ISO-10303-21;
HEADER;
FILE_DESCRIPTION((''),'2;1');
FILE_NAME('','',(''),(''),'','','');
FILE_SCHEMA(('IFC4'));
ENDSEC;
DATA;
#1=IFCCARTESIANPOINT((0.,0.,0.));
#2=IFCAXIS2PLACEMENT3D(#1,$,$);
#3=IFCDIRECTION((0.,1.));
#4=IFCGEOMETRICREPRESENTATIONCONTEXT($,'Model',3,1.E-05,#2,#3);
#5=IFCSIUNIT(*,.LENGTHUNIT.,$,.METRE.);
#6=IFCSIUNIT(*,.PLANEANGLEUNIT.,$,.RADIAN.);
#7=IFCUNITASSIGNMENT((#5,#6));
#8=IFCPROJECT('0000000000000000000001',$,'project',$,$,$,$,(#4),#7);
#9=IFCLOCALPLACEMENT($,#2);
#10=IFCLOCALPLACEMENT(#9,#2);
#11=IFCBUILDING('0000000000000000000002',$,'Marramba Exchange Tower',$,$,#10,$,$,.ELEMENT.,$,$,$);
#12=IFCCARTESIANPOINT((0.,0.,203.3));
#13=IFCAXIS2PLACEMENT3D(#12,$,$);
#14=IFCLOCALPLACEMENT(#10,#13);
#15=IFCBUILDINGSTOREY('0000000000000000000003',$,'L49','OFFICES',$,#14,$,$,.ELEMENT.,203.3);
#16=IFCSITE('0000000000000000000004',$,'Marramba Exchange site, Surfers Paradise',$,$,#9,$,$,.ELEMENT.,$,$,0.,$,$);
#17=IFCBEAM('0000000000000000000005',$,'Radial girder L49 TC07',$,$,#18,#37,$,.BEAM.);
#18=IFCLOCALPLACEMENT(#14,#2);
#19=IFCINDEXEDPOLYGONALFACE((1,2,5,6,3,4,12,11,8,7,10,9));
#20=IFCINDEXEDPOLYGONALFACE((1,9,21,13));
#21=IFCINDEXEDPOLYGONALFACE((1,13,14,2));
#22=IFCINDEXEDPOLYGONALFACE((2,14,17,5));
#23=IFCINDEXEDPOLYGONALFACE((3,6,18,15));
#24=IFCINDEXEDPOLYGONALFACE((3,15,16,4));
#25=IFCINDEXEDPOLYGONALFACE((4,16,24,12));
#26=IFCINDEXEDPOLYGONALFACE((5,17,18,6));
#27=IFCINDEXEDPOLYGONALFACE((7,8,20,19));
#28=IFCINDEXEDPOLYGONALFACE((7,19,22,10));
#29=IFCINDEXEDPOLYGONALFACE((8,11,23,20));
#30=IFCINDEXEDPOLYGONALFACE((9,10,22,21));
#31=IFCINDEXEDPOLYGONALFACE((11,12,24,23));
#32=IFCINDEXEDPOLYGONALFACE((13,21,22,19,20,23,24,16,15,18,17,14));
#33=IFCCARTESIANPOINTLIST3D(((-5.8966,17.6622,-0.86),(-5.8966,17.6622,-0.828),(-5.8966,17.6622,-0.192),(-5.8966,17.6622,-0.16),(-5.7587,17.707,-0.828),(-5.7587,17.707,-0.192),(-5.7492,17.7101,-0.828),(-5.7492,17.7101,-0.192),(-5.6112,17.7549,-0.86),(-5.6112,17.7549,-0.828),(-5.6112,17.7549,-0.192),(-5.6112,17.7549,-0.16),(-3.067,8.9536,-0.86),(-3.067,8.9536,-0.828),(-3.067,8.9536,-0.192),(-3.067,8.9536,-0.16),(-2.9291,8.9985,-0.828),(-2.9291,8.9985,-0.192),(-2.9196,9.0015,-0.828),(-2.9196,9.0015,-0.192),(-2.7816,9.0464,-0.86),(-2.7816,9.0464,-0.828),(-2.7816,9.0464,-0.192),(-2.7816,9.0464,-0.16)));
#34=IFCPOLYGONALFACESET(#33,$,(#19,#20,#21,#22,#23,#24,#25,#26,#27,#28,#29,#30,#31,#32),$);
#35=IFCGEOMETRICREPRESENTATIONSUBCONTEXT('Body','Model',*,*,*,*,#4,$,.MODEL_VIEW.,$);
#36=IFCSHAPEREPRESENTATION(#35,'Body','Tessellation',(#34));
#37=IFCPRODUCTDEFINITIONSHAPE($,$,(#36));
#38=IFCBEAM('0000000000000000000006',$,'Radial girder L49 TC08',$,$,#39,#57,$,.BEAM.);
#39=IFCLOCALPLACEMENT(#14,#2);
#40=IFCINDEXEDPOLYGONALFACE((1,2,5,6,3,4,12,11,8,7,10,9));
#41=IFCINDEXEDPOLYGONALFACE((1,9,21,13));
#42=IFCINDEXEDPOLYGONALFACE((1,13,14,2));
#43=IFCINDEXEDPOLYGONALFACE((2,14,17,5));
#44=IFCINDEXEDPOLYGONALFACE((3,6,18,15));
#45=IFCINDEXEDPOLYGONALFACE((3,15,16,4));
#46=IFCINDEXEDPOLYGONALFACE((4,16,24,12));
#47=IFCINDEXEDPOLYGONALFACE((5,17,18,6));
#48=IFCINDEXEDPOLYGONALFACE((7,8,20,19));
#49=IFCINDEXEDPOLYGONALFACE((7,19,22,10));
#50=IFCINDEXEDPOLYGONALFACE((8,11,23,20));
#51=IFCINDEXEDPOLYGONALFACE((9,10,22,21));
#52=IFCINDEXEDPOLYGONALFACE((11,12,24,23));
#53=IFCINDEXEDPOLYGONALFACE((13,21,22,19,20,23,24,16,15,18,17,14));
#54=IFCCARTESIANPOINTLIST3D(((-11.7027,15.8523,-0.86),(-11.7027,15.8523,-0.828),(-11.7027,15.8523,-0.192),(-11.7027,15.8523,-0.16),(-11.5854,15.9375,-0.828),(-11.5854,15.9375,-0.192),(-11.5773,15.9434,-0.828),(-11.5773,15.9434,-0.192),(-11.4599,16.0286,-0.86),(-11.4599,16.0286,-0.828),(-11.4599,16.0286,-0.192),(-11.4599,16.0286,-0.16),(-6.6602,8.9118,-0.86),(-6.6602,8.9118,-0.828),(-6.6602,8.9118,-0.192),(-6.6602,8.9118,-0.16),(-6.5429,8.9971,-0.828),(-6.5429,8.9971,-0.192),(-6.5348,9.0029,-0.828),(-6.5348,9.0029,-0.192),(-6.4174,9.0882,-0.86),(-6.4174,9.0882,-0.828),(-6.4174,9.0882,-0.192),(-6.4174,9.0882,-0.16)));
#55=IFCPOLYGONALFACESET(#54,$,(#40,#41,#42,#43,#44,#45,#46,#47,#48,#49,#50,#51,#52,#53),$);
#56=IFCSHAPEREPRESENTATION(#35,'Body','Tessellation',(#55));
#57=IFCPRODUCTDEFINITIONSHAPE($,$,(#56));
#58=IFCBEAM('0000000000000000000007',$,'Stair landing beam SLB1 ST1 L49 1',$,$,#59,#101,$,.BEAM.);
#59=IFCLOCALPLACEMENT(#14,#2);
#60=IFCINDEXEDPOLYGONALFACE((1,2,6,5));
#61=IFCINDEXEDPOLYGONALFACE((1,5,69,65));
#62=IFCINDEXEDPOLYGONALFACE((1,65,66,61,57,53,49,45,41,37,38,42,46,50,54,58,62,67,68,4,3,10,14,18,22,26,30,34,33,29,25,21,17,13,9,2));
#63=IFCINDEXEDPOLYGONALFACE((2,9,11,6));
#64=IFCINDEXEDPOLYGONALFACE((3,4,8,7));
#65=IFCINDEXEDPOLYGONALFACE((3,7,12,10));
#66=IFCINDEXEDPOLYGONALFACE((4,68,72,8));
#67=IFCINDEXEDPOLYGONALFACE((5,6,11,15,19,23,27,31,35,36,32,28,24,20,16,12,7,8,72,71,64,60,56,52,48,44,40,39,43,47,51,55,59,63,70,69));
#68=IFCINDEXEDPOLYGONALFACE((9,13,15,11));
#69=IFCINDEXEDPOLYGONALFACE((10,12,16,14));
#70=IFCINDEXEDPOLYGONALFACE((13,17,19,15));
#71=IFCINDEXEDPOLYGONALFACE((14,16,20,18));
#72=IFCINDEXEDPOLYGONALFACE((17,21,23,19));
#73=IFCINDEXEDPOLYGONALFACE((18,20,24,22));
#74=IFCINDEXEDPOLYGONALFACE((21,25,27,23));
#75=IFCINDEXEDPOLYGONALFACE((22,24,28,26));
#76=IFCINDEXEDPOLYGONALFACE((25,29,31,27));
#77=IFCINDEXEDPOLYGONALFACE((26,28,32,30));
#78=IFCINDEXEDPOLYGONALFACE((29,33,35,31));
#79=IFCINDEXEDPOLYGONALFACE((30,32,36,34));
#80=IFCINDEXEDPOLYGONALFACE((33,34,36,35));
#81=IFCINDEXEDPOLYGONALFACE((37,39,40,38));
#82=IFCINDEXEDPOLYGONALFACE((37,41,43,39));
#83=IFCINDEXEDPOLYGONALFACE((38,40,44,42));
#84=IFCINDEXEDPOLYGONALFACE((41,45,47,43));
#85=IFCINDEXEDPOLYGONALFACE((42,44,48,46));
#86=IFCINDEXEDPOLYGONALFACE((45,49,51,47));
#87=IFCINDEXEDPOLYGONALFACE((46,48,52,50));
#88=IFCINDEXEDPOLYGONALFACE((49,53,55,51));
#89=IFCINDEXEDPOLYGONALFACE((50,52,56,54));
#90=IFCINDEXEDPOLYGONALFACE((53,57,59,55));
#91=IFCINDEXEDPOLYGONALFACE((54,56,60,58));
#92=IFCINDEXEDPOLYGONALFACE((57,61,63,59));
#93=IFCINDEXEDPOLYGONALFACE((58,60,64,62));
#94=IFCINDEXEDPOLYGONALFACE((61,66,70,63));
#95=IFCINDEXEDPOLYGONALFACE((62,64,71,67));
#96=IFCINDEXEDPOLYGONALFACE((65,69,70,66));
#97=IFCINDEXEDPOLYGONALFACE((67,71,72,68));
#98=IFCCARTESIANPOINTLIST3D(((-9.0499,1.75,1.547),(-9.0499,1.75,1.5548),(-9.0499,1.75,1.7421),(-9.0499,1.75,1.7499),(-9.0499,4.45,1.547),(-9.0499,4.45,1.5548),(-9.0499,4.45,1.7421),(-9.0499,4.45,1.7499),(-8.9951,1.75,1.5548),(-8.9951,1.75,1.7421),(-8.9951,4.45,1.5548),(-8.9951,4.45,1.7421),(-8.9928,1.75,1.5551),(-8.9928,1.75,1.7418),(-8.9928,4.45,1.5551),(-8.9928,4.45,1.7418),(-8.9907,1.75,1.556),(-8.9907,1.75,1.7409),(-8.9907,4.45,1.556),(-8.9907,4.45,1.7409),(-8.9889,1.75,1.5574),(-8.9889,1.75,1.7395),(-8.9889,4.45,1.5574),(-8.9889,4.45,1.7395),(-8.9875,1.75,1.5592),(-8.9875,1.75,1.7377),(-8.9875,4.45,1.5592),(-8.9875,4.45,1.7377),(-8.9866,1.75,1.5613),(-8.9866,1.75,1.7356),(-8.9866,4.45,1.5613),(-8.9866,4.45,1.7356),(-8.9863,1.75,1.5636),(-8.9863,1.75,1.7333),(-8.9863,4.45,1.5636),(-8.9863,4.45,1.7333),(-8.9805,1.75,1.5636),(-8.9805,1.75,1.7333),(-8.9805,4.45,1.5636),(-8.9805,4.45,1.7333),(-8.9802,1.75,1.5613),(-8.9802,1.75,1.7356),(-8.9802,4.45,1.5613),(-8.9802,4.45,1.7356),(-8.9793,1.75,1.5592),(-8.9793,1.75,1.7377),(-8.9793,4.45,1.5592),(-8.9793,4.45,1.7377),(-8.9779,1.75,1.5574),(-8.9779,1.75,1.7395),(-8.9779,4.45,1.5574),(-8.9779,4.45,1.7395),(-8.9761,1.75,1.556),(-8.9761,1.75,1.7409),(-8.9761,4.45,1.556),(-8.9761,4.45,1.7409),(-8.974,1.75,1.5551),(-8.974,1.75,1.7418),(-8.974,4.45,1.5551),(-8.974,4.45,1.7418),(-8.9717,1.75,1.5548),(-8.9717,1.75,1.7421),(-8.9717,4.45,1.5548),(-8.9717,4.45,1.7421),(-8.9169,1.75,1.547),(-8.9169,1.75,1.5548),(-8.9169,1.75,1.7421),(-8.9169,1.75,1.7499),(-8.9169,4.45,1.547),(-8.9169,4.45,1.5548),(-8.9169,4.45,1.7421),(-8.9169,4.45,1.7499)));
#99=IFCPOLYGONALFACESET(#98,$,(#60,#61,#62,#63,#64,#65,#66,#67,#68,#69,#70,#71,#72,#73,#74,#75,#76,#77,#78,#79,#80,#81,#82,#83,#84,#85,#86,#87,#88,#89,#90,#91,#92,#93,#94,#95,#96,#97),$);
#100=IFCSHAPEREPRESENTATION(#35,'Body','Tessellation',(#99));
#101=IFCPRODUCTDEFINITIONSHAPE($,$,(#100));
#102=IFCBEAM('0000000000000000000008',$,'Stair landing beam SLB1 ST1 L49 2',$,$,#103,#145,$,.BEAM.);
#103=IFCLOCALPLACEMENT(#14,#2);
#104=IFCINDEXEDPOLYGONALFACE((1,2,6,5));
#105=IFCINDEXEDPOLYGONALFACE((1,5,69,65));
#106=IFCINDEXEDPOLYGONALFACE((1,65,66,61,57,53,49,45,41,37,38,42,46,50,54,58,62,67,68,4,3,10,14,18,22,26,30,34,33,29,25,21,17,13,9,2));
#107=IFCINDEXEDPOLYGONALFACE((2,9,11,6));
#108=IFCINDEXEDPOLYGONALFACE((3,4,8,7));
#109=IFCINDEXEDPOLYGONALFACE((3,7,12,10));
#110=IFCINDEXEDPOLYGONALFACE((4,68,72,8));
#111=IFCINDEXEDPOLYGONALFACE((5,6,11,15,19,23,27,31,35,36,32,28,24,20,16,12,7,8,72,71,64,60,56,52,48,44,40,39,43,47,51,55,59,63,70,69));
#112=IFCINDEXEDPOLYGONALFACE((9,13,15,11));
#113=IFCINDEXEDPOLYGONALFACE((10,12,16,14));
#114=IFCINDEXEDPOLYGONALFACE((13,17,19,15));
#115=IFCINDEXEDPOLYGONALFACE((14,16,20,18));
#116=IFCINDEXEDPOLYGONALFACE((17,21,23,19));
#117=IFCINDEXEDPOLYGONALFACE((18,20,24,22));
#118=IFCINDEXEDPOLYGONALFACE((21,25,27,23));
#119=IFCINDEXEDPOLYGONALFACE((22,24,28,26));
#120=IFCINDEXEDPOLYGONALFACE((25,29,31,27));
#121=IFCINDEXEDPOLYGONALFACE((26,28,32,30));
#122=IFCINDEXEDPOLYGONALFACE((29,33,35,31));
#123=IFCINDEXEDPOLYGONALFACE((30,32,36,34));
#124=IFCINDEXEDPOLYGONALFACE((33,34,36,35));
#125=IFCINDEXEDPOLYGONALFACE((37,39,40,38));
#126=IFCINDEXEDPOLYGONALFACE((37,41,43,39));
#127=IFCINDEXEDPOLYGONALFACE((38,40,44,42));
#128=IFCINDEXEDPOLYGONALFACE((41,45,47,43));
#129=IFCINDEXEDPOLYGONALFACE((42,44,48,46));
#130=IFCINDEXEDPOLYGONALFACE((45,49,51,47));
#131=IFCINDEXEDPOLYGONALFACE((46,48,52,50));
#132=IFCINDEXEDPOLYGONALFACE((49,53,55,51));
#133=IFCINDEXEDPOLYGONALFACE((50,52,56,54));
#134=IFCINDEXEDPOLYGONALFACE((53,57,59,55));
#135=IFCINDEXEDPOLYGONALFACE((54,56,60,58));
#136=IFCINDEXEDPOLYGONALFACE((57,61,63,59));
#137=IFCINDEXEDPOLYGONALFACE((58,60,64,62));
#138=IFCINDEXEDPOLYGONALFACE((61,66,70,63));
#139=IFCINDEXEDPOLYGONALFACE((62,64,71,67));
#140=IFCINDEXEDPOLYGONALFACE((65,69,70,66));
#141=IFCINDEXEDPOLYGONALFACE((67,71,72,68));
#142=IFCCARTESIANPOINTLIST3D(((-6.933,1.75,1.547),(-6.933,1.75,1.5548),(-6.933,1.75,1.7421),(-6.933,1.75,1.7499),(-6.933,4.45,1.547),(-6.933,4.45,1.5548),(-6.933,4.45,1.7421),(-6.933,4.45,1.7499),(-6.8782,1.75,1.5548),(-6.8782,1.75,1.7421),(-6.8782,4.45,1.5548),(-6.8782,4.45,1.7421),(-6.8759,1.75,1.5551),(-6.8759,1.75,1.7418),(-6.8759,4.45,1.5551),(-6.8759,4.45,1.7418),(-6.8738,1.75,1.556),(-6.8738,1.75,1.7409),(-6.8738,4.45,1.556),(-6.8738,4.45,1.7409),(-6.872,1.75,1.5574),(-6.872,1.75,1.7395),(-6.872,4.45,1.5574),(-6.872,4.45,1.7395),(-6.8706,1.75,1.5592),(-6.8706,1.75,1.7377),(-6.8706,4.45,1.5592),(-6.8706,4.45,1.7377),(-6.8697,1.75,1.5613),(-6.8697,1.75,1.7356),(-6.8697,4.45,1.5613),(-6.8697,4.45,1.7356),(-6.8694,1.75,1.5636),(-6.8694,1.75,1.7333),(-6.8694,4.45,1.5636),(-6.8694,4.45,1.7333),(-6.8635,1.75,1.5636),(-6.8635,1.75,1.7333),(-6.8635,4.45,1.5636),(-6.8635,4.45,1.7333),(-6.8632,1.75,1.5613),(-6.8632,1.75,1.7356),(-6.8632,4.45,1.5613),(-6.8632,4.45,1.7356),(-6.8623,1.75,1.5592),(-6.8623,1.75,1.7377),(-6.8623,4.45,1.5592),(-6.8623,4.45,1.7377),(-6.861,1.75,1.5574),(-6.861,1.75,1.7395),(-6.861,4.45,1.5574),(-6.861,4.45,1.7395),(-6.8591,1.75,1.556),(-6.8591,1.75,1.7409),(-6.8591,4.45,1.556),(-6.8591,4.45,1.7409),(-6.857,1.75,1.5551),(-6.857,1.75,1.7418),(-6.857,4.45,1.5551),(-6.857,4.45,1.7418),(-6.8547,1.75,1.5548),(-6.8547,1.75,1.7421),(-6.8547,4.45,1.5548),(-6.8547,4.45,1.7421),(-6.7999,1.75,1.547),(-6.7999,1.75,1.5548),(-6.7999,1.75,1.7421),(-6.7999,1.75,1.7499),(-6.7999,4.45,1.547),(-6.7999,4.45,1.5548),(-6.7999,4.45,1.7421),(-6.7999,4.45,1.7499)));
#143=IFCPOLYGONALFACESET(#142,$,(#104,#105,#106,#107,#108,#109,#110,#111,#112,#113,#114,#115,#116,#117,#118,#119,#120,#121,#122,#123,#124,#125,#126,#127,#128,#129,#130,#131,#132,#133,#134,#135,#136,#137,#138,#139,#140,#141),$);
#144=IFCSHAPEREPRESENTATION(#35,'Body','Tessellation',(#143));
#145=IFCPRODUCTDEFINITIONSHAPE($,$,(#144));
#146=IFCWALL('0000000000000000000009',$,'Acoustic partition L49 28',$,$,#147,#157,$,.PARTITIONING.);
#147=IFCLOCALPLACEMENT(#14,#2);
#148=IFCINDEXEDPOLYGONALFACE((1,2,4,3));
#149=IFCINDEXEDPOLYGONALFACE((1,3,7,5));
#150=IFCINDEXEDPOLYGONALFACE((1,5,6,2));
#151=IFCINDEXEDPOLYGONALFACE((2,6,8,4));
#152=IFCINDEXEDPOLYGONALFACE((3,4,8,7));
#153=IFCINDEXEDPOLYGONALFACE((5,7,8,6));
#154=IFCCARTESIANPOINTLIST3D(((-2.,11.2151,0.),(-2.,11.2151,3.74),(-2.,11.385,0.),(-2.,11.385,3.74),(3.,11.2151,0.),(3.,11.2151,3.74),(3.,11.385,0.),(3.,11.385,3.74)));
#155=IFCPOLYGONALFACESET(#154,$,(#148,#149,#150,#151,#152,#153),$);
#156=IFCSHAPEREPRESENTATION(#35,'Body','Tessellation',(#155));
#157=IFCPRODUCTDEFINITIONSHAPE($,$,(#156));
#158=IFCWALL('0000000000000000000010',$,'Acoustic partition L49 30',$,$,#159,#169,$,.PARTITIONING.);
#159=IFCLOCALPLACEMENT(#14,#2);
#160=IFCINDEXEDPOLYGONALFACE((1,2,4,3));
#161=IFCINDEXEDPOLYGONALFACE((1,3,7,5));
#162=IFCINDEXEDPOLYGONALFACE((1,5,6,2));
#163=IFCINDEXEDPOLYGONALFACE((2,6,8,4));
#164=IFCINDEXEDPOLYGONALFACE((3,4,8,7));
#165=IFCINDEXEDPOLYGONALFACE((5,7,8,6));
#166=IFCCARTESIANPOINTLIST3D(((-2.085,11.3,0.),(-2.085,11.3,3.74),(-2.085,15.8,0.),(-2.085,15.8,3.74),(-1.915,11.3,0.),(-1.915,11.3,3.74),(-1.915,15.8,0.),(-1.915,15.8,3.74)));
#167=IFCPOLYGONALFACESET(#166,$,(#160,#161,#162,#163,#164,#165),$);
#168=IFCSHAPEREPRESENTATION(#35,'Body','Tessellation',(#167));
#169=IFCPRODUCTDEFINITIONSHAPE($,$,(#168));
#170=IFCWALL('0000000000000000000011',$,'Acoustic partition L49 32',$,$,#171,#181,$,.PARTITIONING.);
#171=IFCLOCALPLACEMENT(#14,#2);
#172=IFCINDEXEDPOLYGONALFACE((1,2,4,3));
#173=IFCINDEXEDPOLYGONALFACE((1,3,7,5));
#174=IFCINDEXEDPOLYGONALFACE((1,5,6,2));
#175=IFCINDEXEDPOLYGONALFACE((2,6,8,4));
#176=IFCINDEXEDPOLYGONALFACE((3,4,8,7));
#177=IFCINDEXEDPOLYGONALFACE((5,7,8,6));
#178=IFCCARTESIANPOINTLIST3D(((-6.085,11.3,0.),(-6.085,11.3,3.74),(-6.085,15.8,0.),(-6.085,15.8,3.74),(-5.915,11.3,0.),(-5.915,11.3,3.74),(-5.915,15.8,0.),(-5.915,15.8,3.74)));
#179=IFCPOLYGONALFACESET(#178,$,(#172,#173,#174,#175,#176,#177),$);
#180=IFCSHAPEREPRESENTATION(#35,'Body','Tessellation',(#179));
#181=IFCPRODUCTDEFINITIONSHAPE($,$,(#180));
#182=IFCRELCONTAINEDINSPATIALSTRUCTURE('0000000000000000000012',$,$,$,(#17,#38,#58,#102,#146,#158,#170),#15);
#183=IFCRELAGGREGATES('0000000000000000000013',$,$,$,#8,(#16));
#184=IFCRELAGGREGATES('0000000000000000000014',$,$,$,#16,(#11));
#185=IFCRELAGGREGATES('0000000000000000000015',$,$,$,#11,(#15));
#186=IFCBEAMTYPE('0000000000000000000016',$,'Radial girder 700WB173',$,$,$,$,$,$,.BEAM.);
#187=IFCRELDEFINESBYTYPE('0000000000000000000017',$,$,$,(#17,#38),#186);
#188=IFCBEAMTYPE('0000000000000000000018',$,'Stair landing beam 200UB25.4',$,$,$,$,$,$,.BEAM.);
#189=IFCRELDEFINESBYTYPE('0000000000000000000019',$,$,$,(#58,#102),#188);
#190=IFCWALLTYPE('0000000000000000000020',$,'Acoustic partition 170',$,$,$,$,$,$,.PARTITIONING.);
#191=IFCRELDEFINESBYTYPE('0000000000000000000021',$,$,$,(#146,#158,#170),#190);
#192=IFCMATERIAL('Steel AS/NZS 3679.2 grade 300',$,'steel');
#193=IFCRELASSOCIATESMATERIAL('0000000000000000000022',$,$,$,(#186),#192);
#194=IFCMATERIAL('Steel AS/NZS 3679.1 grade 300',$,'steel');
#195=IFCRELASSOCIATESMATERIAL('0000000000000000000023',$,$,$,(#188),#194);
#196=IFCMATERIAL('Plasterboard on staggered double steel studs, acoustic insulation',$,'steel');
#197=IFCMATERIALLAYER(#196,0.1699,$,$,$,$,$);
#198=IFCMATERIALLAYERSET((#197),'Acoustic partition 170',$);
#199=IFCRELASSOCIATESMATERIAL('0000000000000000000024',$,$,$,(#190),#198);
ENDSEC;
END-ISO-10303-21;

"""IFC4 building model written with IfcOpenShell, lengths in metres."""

from ifc_helpers import new_model, si_unit, direction, frame, frame_2d, origin, origin_2d, place, context, subcontext, project, spatial, rectangle, i_section, extrude, material, layer, layer_set, material_profile, profile_set, type_object, element, save


model = new_model("IFC4")

# Units and contexts
model_context = context("Model", 3, precision=1e-05, world=origin(), true_north=direction((0.0, 1.0)))
body_context = subcontext(model_context, "Body", "Model", "MODEL_VIEW")
ifc_project = project(units=[si_unit("LENGTHUNIT", "METRE"), si_unit("PLANEANGLEUNIT", "RADIAN")], contexts=[model_context])

# Site, building, storey
site_placement = place(None, origin())
site = spatial("IfcSite", under=ifc_project, at=site_placement, Name="Marramba Exchange site, Surfers Paradise", CompositionType="ELEMENT", RefElevation=0.0)
building_placement = place(site_placement, origin())
building = spatial("IfcBuilding", under=site, at=building_placement, Name="Marramba Exchange Tower", CompositionType="ELEMENT")
storey_placement = place(building_placement, frame((0.0, 0.0, 203.3)))
storey = spatial("IfcBuildingStorey", under=building, at=storey_placement, Name="L49", Description="OFFICES", CompositionType="ELEMENT", Elevation=203.3)

# Beams
ifc_material_1 = material(Name="Steel AS/NZS 3679.1 grade 300", Category="steel")
ifc_material_2 = material(Name="Steel AS/NZS 3679.2 grade 300", Category="steel")
ifc_material_profile_1 = material_profile(ifc_material_2, i_section(OverallWidth=0.3, OverallDepth=0.7, WebThickness=0.01, FlangeThickness=0.032, at=origin_2d()), Name="700WB173")
ifc_profile_set_1 = profile_set([ifc_material_profile_1], Name="Steel AS/NZS 3679.2 grade 300")
beam_type_1 = type_object("IfcBeamType", Name="Radial girder 700WB173", PredefinedType="BEAM", material=ifc_profile_set_1)
beam_1_placement = place(storey_placement, frame((-2.9243, 9.0, -0.51), z_axis=(-0.30902, 0.951056, 0.0), x_axis=(-0.951056, -0.30902, 0.0)))
element("IfcBeam", 1, at=beam_1_placement, inside=storey, type_object=beam_type_1, Name="Radial girder L49 TC07", PredefinedType="BEAM", context=body_context, shape_type="SweptSolid", body=[
    extrude(i_section(OverallWidth=0.3, OverallDepth=0.7, WebThickness=0.01, FlangeThickness=0.032, at=origin_2d()), origin(), (0.0, 0.0, 1.0), 9.1567),
])
beam_2_placement = place(storey_placement, frame((-6.5388, 9.0, -0.51), z_axis=(-0.587782, 0.809019, 0.0), x_axis=(-0.809019, -0.587782, 0.0)))
element("IfcBeam", 2, at=beam_2_placement, inside=storey, type_object=beam_type_1, Name="Radial girder L49 TC08", PredefinedType="BEAM", context=body_context, shape_type="SweptSolid", body=[
    extrude(i_section(OverallWidth=0.3, OverallDepth=0.7, WebThickness=0.01, FlangeThickness=0.032, at=origin_2d()), origin(), (0.0, 0.0, 1.0), 8.5789),
])
ifc_material_profile_2 = material_profile(ifc_material_1, i_section(OverallWidth=0.1331, OverallDepth=0.2029, WebThickness=0.0059, FlangeThickness=0.0078, FilletRadius=0.0088, at=origin_2d()), Name="200UB25.4")
ifc_profile_set_2 = profile_set([ifc_material_profile_2], Name="Steel AS/NZS 3679.1 grade 300")
beam_type_2 = type_object("IfcBeamType", Name="Stair landing beam 200UB25.4", PredefinedType="BEAM", material=ifc_profile_set_2)
for number, where, z_axis, x_axis, name in (
    (3, (-8.9834, 1.75, 1.6484), (0.0, 1.0, 0.0), (-1.0, 0.0, 0.0), "Stair landing beam SLB1 ST1 L49 1"),
    (4, (-6.8665, 1.75, 1.6484), (0.0, 1.0, 0.0), (-1.0, 0.0, 0.0), "Stair landing beam SLB1 ST1 L49 2"),
):
    element("IfcBeam", number, at=place(storey_placement, frame(where, z_axis=z_axis, x_axis=x_axis)), inside=storey, type_object=beam_type_2, Name=name, PredefinedType="BEAM", context=body_context, shape_type="SweptSolid", body=[
        extrude(i_section(OverallWidth=0.1331, OverallDepth=0.2029, WebThickness=0.0059, FlangeThickness=0.0078, FilletRadius=0.0088, at=origin_2d()), origin(), (0.0, 0.0, 1.0), 2.7),
    ])

# Walls
ifc_material_3 = material(Name="Plasterboard on staggered double steel studs, acoustic insulation", Category="steel")
ifc_layer_1 = layer(ifc_material_3, 0.1699)
ifc_layer_set_1 = layer_set([ifc_layer_1], Name="Acoustic partition 170")
wall_type_1 = type_object("IfcWallType", Name="Acoustic partition 170", PredefinedType="PARTITIONING", material=ifc_layer_set_1)
wall_1_placement = place(storey_placement, frame((-2.0, 11.3, 0.0), z_axis=(0.0, 0.0, 1.0), x_axis=(1.0, 0.0, 0.0)))
element("IfcWall", 5, at=wall_1_placement, inside=storey, type_object=wall_type_1, Name="Acoustic partition L49 28", PredefinedType="PARTITIONING", context=body_context, shape_type="SweptSolid", body=[
    extrude(rectangle(XDim=5.0, YDim=0.1699, at=frame_2d((2.5, 0.0))), origin(), (0.0, 0.0, 1.0), 3.74),
])
for number, where, z_axis, x_axis, name in (
    (6, (-2.0, 15.8, 0.0), (0.0, 0.0, 1.0), (0.0, -1.0, 0.0), "Acoustic partition L49 30"),
    (7, (-6.0, 11.3, 0.0), (0.0, 0.0, 1.0), (0.0, 1.0, 0.0), "Acoustic partition L49 32"),
):
    element("IfcWall", number, at=place(storey_placement, frame(where, z_axis=z_axis, x_axis=x_axis)), inside=storey, type_object=wall_type_1, Name=name, PredefinedType="PARTITIONING", context=body_context, shape_type="SweptSolid", body=[
        extrude(rectangle(XDim=4.5, YDim=0.1699, at=frame_2d((2.25, 0.0))), origin(), (0.0, 0.0, 1.0), 3.74),
    ])

save(model, "model.ifc")
